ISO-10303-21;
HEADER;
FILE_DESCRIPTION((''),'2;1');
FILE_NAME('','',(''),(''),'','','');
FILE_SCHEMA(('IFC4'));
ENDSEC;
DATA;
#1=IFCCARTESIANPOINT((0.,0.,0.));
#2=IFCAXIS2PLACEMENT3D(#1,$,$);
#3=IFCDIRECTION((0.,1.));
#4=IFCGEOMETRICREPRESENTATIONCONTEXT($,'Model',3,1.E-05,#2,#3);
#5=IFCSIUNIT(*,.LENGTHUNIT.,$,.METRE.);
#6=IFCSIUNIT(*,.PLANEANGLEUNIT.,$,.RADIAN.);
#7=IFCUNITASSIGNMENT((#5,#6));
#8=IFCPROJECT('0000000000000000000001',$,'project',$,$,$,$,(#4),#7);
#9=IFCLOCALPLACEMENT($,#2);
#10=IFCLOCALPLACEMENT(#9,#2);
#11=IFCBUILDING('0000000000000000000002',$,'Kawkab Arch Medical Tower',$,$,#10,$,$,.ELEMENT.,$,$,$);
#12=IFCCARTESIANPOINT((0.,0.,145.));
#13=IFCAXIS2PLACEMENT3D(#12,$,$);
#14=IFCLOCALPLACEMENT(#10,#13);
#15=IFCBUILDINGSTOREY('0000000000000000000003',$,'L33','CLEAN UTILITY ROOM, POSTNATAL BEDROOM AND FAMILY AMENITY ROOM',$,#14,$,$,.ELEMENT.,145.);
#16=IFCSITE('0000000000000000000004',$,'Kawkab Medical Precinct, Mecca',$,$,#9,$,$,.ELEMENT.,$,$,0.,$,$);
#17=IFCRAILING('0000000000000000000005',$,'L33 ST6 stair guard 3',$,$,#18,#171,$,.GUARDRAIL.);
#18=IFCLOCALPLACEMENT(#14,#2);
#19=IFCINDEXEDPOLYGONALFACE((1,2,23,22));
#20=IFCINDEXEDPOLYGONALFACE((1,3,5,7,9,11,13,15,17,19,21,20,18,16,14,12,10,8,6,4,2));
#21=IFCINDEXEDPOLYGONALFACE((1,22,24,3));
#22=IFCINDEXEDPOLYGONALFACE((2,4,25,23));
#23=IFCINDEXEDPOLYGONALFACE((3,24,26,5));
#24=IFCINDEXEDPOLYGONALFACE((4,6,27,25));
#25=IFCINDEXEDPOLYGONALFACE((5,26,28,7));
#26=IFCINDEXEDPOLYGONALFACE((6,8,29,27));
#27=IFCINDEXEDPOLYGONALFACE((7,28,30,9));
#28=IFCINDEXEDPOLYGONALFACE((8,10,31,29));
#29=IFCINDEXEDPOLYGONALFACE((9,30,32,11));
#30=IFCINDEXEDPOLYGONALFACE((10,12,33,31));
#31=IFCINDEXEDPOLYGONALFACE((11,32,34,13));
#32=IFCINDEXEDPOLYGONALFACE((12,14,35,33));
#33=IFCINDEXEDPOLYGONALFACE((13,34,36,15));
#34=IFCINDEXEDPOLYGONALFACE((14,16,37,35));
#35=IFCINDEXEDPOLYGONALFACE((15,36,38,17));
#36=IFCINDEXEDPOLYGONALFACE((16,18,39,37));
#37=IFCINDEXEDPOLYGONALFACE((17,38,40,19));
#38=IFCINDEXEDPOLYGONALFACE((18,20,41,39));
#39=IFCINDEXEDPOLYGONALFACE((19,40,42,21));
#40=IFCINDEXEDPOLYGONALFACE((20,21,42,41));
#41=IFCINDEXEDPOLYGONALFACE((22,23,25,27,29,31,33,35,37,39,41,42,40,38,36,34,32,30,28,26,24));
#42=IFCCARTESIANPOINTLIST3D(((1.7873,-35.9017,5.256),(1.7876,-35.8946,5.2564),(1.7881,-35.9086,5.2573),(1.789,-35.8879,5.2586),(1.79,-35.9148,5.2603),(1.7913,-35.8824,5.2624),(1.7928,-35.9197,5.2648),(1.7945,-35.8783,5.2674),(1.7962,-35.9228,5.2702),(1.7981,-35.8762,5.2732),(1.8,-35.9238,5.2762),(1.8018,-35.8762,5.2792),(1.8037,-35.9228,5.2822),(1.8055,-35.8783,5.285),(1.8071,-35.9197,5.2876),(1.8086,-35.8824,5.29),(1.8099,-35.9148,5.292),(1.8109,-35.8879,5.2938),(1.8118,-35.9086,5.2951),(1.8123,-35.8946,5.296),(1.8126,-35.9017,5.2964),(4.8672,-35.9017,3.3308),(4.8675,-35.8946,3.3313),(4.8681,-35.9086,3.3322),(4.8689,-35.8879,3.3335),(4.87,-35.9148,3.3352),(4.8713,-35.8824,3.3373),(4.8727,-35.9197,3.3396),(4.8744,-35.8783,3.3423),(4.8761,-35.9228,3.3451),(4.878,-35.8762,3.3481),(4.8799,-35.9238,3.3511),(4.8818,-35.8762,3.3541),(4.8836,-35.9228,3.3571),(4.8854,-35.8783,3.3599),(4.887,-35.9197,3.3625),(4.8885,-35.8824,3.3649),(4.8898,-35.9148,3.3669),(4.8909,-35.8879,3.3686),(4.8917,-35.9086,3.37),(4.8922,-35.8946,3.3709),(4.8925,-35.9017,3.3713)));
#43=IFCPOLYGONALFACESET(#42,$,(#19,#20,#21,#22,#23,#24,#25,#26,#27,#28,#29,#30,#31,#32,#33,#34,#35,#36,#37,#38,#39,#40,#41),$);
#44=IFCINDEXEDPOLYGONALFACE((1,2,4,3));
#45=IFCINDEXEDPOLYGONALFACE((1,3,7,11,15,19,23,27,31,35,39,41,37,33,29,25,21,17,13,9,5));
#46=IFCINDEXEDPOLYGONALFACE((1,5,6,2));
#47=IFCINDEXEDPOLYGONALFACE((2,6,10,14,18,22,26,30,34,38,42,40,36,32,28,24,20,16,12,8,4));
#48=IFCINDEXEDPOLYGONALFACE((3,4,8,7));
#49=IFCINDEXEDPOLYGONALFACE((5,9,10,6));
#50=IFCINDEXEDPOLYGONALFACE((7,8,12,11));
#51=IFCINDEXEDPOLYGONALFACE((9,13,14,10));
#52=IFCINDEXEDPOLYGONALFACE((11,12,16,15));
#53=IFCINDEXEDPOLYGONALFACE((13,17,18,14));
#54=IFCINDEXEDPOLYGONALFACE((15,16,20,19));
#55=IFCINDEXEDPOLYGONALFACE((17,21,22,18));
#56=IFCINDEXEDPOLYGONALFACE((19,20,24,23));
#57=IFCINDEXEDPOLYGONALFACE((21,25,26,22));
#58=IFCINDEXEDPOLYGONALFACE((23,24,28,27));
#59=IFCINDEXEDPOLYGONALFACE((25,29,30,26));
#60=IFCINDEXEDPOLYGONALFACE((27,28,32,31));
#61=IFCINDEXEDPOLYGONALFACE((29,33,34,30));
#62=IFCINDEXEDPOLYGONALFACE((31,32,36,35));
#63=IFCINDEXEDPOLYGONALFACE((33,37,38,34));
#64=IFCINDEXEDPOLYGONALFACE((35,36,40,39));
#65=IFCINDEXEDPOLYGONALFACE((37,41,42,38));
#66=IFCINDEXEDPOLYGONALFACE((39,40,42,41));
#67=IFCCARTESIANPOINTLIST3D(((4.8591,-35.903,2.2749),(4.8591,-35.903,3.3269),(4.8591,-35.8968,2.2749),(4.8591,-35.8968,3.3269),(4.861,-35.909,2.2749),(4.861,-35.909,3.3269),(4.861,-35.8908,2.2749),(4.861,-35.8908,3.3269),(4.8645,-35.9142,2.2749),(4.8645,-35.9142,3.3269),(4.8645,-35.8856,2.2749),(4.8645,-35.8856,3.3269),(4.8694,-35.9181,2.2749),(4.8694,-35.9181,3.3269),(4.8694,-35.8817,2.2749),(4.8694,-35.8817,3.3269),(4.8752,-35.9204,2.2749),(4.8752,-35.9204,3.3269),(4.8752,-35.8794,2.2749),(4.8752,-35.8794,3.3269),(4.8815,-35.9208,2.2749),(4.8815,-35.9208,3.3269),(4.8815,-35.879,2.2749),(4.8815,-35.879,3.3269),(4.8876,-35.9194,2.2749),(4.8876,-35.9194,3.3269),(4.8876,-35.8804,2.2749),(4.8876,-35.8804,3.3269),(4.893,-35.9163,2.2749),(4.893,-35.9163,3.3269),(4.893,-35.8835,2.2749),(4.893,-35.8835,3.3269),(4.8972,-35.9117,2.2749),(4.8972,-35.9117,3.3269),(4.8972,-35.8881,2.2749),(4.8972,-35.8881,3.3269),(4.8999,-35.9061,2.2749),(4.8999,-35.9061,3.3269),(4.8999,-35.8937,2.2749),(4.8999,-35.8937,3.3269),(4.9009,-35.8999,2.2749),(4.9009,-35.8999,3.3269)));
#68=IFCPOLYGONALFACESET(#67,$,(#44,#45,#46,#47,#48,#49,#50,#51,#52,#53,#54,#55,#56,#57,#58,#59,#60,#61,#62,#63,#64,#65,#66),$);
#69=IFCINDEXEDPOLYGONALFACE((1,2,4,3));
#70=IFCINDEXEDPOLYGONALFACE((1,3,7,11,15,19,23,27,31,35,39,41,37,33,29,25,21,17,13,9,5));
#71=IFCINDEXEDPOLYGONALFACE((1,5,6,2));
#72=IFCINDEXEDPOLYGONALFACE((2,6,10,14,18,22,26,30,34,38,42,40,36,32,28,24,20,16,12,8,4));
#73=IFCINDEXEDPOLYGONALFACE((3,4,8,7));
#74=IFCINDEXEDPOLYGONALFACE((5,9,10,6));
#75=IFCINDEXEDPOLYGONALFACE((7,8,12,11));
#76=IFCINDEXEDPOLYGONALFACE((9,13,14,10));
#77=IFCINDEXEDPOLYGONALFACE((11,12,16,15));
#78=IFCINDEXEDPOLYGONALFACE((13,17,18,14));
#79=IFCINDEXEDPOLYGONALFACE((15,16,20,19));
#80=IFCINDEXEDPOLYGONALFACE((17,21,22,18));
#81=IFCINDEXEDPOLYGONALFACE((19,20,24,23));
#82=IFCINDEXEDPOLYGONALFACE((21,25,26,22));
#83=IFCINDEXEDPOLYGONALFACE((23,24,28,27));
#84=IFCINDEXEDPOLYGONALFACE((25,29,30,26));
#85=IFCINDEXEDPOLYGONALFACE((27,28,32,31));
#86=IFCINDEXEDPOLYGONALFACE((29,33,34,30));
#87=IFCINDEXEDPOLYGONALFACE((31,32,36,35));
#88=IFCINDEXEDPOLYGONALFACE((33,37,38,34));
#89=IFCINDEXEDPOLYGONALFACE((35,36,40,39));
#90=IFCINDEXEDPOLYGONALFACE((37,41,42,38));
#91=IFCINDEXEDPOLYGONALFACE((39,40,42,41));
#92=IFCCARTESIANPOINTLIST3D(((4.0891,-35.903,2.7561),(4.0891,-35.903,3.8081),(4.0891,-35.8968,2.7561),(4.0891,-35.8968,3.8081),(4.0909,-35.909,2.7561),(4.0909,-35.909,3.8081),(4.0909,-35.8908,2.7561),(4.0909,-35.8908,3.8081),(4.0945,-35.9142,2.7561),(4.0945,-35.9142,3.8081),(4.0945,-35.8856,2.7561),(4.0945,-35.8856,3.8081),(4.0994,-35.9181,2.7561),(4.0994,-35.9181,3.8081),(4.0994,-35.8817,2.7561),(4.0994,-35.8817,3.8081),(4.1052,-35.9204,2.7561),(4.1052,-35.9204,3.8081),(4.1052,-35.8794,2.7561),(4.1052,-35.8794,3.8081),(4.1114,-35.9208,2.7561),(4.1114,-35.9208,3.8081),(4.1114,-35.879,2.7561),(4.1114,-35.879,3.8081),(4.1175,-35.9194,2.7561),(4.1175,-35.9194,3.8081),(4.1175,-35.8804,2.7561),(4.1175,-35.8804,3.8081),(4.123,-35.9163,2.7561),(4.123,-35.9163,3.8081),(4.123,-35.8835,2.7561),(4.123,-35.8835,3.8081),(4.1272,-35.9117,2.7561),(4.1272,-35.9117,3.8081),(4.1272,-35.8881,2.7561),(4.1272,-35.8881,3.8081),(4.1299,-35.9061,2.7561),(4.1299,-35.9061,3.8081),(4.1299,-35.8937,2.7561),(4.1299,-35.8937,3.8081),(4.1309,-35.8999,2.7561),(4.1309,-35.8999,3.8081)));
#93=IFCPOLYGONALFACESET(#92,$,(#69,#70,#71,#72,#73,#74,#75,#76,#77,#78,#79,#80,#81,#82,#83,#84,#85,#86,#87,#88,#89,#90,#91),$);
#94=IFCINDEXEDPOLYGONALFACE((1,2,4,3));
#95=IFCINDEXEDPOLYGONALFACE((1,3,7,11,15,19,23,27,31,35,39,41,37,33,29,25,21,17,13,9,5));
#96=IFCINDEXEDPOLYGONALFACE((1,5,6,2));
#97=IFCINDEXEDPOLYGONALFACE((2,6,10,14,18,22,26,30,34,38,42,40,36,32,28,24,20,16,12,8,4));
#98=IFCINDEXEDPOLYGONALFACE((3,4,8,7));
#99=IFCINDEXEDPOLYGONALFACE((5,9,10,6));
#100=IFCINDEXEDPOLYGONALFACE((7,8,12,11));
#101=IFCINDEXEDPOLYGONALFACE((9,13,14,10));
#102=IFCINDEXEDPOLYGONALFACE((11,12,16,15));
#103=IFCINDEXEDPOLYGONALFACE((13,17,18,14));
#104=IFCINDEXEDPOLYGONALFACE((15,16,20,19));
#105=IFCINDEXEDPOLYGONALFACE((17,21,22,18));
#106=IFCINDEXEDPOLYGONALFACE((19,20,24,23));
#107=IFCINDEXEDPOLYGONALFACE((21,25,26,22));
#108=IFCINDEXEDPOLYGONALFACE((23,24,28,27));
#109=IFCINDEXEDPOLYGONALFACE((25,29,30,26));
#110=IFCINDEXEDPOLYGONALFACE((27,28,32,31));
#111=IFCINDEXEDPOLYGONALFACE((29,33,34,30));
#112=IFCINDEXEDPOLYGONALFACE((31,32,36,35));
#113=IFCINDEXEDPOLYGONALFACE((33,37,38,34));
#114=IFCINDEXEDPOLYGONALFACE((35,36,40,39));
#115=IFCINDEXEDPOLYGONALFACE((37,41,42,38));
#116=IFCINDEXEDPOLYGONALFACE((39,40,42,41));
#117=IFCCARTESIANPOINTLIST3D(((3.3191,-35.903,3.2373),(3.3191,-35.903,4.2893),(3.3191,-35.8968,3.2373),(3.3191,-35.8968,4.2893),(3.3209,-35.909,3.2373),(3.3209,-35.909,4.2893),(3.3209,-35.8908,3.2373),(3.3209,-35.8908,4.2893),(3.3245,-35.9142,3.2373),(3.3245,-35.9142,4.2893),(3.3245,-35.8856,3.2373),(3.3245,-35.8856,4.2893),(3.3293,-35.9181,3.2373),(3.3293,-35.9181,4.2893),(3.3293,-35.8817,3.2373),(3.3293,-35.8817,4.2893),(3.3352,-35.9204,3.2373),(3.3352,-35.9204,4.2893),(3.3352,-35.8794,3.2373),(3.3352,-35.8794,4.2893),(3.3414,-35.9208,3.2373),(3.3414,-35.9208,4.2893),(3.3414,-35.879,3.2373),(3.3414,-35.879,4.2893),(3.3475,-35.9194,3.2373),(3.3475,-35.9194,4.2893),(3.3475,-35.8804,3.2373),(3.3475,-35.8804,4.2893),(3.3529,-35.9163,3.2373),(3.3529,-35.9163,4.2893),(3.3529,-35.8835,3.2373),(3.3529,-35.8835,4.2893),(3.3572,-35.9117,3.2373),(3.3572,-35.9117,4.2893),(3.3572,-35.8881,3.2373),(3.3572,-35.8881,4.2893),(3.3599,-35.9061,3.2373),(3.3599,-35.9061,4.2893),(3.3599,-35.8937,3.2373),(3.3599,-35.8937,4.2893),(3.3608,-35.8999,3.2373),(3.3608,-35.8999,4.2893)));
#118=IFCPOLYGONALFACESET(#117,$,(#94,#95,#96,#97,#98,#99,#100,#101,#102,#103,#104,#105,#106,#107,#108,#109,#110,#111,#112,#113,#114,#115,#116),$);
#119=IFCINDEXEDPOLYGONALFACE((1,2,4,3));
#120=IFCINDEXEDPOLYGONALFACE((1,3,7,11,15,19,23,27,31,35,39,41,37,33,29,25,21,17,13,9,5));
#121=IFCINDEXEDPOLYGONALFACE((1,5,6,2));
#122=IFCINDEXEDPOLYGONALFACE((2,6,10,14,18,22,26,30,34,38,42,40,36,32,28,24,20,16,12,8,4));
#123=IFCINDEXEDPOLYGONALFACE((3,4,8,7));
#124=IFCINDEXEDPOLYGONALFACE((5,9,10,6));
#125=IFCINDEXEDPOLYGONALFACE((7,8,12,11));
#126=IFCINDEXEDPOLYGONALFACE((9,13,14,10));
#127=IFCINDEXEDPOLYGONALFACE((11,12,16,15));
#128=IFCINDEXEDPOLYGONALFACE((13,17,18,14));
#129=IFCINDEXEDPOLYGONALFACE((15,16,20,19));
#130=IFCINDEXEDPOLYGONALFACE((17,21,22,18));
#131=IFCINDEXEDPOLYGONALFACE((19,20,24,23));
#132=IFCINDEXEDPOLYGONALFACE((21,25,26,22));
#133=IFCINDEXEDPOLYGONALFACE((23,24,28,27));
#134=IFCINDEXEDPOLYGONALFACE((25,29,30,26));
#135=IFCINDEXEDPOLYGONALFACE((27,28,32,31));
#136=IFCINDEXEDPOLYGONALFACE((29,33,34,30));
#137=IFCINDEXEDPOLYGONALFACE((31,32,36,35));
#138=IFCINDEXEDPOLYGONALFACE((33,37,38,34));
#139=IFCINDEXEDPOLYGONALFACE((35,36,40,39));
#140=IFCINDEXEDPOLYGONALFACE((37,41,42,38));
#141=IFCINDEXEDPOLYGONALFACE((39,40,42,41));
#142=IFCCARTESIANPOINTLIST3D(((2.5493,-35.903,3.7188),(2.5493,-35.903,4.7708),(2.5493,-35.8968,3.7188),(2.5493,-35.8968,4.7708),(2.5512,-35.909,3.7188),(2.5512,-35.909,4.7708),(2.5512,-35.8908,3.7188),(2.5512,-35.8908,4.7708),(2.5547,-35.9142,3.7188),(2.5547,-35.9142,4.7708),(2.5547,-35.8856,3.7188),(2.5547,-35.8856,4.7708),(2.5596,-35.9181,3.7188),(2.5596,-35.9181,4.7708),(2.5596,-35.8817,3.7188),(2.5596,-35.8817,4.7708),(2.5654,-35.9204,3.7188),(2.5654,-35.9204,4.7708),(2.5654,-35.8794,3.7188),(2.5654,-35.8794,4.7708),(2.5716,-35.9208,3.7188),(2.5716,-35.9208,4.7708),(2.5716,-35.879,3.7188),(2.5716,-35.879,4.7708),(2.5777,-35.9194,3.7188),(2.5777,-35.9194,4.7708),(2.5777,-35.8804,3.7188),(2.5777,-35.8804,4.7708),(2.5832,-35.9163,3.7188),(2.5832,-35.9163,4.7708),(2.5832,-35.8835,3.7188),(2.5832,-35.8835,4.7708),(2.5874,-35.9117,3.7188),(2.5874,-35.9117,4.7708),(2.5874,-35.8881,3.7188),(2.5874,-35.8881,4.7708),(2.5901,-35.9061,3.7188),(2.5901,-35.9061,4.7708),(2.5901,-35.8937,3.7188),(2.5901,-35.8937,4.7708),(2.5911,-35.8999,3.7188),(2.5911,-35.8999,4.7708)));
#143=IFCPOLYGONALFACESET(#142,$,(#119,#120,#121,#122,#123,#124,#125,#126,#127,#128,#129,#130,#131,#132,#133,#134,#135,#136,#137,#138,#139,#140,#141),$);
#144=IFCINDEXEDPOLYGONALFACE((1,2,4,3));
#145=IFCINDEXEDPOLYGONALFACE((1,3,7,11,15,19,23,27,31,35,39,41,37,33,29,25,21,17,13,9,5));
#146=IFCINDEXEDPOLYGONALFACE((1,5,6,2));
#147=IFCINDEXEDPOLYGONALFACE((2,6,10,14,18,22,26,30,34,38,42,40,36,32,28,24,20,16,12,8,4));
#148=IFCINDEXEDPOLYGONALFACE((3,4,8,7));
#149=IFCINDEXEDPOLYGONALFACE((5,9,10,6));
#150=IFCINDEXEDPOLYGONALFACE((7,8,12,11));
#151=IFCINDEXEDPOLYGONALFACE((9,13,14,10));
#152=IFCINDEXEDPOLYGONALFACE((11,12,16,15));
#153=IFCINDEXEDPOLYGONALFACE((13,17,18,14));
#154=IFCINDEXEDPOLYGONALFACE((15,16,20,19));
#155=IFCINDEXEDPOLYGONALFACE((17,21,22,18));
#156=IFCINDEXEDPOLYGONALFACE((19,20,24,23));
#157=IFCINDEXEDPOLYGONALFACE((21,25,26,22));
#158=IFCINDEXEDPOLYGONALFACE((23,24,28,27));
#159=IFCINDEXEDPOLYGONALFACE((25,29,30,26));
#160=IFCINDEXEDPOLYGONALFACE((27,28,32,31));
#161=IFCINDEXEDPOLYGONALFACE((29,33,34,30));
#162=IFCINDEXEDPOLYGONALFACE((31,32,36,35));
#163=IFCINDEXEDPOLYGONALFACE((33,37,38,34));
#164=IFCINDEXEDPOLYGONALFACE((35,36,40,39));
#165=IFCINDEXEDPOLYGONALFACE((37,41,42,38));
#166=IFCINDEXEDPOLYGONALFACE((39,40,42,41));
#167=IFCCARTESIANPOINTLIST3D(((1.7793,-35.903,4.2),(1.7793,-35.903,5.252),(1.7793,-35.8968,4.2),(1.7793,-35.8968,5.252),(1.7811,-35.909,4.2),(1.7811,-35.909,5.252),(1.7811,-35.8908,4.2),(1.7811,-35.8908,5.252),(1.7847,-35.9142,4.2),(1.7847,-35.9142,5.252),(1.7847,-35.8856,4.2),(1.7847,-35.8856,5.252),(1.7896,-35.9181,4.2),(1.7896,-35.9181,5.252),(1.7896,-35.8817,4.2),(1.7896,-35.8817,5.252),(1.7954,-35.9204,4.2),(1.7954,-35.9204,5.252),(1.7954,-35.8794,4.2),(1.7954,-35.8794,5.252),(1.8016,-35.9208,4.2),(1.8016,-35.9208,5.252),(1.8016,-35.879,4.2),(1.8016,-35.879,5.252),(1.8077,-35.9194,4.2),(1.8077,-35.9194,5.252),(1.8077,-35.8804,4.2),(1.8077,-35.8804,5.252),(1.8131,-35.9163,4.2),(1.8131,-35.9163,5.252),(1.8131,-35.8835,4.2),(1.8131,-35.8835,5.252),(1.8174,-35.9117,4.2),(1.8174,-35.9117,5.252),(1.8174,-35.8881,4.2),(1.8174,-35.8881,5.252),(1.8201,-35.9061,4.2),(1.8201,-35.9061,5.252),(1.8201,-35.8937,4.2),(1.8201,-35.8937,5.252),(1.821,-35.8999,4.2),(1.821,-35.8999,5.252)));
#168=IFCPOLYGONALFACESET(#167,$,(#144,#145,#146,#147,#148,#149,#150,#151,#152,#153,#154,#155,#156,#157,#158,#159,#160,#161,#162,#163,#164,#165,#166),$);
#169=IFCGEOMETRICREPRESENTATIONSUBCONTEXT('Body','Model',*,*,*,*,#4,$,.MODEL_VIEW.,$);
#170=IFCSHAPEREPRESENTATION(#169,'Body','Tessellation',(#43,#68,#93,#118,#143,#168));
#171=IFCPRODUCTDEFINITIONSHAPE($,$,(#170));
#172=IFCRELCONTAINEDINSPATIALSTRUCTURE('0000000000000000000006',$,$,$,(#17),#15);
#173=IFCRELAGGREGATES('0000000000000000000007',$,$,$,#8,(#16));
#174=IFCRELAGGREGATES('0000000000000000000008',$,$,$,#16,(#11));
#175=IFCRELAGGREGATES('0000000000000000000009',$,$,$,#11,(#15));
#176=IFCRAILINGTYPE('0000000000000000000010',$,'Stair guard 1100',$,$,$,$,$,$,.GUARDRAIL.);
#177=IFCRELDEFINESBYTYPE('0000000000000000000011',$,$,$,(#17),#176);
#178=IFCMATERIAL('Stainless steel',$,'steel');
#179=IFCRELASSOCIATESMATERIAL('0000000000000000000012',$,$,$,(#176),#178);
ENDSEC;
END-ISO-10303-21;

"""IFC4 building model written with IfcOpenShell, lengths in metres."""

from ifc_helpers import new_model, si_unit, direction, frame, origin, origin_2d, place, context, subcontext, project, spatial, circle, extrude, material, type_object, element, save


model = new_model("IFC4")

# Units and contexts
model_context = context("Model", 3, precision=1e-05, world=origin(), true_north=direction((0.0, 1.0)))
body_context = subcontext(model_context, "Body", "Model", "MODEL_VIEW")
ifc_project = project(units=[si_unit("LENGTHUNIT", "METRE"), si_unit("PLANEANGLEUNIT", "RADIAN")], contexts=[model_context])

# Site, building, storey
site_placement = place(None, origin())
site = spatial("IfcSite", under=ifc_project, at=site_placement, Name="Kawkab Medical Precinct, Mecca", CompositionType="ELEMENT", RefElevation=0.0)
building_placement = place(site_placement, origin())
building = spatial("IfcBuilding", under=site, at=building_placement, Name="Kawkab Arch Medical Tower", CompositionType="ELEMENT")
storey_placement = place(building_placement, frame((0.0, 0.0, 145.0)))
storey = spatial("IfcBuildingStorey", under=building, at=storey_placement, Name="L33", Description="CLEAN UTILITY ROOM, POSTNATAL BEDROOM AND FAMILY AMENITY ROOM", CompositionType="ELEMENT", Elevation=145.0)

# Railing
ifc_material_1 = material(Name="Stainless steel", Category="steel")
railing_type = type_object("IfcRailingType", Name="Stair guard 1100", PredefinedType="GUARDRAIL", material=ifc_material_1)
railing_1_placement = place(storey_placement, frame((4.8799, -35.8999, 2.2749)))
element("IfcRailing", 1, at=railing_1_placement, inside=storey, type_object=railing_type, Name="L33 ST6 stair guard 3", PredefinedType="GUARDRAIL", context=body_context, shape_type="SweptSolid", body=[
    extrude(circle(Radius=0.0239, at=origin_2d()), frame((0.0, 0.0, 1.0762), z_axis=(-0.847979, 0.0, 0.530029), x_axis=(0.0, -1.0, 0.0)), (0.0, 0.0, 1.0), 3.6321),
    extrude(circle(Radius=0.021, at=origin_2d()), origin(), (0.0, 0.0, 1.0), 1.052),
    extrude(circle(Radius=0.021, at=origin_2d()), frame((-0.77, 0.0, 0.4812)), (0.0, 0.0, 1.0), 1.052),
    extrude(circle(Radius=0.021, at=origin_2d()), frame((-1.54, 0.0, 0.9624)), (0.0, 0.0, 1.0), 1.052),
    extrude(circle(Radius=0.021, at=origin_2d()), frame((-2.3098, 0.0, 1.4438)), (0.0, 0.0, 1.0), 1.052),
    extrude(circle(Radius=0.021, at=origin_2d()), frame((-3.0798, 0.0, 1.925)), (0.0, 0.0, 1.0), 1.052),
])

save(model, "model.ifc")
